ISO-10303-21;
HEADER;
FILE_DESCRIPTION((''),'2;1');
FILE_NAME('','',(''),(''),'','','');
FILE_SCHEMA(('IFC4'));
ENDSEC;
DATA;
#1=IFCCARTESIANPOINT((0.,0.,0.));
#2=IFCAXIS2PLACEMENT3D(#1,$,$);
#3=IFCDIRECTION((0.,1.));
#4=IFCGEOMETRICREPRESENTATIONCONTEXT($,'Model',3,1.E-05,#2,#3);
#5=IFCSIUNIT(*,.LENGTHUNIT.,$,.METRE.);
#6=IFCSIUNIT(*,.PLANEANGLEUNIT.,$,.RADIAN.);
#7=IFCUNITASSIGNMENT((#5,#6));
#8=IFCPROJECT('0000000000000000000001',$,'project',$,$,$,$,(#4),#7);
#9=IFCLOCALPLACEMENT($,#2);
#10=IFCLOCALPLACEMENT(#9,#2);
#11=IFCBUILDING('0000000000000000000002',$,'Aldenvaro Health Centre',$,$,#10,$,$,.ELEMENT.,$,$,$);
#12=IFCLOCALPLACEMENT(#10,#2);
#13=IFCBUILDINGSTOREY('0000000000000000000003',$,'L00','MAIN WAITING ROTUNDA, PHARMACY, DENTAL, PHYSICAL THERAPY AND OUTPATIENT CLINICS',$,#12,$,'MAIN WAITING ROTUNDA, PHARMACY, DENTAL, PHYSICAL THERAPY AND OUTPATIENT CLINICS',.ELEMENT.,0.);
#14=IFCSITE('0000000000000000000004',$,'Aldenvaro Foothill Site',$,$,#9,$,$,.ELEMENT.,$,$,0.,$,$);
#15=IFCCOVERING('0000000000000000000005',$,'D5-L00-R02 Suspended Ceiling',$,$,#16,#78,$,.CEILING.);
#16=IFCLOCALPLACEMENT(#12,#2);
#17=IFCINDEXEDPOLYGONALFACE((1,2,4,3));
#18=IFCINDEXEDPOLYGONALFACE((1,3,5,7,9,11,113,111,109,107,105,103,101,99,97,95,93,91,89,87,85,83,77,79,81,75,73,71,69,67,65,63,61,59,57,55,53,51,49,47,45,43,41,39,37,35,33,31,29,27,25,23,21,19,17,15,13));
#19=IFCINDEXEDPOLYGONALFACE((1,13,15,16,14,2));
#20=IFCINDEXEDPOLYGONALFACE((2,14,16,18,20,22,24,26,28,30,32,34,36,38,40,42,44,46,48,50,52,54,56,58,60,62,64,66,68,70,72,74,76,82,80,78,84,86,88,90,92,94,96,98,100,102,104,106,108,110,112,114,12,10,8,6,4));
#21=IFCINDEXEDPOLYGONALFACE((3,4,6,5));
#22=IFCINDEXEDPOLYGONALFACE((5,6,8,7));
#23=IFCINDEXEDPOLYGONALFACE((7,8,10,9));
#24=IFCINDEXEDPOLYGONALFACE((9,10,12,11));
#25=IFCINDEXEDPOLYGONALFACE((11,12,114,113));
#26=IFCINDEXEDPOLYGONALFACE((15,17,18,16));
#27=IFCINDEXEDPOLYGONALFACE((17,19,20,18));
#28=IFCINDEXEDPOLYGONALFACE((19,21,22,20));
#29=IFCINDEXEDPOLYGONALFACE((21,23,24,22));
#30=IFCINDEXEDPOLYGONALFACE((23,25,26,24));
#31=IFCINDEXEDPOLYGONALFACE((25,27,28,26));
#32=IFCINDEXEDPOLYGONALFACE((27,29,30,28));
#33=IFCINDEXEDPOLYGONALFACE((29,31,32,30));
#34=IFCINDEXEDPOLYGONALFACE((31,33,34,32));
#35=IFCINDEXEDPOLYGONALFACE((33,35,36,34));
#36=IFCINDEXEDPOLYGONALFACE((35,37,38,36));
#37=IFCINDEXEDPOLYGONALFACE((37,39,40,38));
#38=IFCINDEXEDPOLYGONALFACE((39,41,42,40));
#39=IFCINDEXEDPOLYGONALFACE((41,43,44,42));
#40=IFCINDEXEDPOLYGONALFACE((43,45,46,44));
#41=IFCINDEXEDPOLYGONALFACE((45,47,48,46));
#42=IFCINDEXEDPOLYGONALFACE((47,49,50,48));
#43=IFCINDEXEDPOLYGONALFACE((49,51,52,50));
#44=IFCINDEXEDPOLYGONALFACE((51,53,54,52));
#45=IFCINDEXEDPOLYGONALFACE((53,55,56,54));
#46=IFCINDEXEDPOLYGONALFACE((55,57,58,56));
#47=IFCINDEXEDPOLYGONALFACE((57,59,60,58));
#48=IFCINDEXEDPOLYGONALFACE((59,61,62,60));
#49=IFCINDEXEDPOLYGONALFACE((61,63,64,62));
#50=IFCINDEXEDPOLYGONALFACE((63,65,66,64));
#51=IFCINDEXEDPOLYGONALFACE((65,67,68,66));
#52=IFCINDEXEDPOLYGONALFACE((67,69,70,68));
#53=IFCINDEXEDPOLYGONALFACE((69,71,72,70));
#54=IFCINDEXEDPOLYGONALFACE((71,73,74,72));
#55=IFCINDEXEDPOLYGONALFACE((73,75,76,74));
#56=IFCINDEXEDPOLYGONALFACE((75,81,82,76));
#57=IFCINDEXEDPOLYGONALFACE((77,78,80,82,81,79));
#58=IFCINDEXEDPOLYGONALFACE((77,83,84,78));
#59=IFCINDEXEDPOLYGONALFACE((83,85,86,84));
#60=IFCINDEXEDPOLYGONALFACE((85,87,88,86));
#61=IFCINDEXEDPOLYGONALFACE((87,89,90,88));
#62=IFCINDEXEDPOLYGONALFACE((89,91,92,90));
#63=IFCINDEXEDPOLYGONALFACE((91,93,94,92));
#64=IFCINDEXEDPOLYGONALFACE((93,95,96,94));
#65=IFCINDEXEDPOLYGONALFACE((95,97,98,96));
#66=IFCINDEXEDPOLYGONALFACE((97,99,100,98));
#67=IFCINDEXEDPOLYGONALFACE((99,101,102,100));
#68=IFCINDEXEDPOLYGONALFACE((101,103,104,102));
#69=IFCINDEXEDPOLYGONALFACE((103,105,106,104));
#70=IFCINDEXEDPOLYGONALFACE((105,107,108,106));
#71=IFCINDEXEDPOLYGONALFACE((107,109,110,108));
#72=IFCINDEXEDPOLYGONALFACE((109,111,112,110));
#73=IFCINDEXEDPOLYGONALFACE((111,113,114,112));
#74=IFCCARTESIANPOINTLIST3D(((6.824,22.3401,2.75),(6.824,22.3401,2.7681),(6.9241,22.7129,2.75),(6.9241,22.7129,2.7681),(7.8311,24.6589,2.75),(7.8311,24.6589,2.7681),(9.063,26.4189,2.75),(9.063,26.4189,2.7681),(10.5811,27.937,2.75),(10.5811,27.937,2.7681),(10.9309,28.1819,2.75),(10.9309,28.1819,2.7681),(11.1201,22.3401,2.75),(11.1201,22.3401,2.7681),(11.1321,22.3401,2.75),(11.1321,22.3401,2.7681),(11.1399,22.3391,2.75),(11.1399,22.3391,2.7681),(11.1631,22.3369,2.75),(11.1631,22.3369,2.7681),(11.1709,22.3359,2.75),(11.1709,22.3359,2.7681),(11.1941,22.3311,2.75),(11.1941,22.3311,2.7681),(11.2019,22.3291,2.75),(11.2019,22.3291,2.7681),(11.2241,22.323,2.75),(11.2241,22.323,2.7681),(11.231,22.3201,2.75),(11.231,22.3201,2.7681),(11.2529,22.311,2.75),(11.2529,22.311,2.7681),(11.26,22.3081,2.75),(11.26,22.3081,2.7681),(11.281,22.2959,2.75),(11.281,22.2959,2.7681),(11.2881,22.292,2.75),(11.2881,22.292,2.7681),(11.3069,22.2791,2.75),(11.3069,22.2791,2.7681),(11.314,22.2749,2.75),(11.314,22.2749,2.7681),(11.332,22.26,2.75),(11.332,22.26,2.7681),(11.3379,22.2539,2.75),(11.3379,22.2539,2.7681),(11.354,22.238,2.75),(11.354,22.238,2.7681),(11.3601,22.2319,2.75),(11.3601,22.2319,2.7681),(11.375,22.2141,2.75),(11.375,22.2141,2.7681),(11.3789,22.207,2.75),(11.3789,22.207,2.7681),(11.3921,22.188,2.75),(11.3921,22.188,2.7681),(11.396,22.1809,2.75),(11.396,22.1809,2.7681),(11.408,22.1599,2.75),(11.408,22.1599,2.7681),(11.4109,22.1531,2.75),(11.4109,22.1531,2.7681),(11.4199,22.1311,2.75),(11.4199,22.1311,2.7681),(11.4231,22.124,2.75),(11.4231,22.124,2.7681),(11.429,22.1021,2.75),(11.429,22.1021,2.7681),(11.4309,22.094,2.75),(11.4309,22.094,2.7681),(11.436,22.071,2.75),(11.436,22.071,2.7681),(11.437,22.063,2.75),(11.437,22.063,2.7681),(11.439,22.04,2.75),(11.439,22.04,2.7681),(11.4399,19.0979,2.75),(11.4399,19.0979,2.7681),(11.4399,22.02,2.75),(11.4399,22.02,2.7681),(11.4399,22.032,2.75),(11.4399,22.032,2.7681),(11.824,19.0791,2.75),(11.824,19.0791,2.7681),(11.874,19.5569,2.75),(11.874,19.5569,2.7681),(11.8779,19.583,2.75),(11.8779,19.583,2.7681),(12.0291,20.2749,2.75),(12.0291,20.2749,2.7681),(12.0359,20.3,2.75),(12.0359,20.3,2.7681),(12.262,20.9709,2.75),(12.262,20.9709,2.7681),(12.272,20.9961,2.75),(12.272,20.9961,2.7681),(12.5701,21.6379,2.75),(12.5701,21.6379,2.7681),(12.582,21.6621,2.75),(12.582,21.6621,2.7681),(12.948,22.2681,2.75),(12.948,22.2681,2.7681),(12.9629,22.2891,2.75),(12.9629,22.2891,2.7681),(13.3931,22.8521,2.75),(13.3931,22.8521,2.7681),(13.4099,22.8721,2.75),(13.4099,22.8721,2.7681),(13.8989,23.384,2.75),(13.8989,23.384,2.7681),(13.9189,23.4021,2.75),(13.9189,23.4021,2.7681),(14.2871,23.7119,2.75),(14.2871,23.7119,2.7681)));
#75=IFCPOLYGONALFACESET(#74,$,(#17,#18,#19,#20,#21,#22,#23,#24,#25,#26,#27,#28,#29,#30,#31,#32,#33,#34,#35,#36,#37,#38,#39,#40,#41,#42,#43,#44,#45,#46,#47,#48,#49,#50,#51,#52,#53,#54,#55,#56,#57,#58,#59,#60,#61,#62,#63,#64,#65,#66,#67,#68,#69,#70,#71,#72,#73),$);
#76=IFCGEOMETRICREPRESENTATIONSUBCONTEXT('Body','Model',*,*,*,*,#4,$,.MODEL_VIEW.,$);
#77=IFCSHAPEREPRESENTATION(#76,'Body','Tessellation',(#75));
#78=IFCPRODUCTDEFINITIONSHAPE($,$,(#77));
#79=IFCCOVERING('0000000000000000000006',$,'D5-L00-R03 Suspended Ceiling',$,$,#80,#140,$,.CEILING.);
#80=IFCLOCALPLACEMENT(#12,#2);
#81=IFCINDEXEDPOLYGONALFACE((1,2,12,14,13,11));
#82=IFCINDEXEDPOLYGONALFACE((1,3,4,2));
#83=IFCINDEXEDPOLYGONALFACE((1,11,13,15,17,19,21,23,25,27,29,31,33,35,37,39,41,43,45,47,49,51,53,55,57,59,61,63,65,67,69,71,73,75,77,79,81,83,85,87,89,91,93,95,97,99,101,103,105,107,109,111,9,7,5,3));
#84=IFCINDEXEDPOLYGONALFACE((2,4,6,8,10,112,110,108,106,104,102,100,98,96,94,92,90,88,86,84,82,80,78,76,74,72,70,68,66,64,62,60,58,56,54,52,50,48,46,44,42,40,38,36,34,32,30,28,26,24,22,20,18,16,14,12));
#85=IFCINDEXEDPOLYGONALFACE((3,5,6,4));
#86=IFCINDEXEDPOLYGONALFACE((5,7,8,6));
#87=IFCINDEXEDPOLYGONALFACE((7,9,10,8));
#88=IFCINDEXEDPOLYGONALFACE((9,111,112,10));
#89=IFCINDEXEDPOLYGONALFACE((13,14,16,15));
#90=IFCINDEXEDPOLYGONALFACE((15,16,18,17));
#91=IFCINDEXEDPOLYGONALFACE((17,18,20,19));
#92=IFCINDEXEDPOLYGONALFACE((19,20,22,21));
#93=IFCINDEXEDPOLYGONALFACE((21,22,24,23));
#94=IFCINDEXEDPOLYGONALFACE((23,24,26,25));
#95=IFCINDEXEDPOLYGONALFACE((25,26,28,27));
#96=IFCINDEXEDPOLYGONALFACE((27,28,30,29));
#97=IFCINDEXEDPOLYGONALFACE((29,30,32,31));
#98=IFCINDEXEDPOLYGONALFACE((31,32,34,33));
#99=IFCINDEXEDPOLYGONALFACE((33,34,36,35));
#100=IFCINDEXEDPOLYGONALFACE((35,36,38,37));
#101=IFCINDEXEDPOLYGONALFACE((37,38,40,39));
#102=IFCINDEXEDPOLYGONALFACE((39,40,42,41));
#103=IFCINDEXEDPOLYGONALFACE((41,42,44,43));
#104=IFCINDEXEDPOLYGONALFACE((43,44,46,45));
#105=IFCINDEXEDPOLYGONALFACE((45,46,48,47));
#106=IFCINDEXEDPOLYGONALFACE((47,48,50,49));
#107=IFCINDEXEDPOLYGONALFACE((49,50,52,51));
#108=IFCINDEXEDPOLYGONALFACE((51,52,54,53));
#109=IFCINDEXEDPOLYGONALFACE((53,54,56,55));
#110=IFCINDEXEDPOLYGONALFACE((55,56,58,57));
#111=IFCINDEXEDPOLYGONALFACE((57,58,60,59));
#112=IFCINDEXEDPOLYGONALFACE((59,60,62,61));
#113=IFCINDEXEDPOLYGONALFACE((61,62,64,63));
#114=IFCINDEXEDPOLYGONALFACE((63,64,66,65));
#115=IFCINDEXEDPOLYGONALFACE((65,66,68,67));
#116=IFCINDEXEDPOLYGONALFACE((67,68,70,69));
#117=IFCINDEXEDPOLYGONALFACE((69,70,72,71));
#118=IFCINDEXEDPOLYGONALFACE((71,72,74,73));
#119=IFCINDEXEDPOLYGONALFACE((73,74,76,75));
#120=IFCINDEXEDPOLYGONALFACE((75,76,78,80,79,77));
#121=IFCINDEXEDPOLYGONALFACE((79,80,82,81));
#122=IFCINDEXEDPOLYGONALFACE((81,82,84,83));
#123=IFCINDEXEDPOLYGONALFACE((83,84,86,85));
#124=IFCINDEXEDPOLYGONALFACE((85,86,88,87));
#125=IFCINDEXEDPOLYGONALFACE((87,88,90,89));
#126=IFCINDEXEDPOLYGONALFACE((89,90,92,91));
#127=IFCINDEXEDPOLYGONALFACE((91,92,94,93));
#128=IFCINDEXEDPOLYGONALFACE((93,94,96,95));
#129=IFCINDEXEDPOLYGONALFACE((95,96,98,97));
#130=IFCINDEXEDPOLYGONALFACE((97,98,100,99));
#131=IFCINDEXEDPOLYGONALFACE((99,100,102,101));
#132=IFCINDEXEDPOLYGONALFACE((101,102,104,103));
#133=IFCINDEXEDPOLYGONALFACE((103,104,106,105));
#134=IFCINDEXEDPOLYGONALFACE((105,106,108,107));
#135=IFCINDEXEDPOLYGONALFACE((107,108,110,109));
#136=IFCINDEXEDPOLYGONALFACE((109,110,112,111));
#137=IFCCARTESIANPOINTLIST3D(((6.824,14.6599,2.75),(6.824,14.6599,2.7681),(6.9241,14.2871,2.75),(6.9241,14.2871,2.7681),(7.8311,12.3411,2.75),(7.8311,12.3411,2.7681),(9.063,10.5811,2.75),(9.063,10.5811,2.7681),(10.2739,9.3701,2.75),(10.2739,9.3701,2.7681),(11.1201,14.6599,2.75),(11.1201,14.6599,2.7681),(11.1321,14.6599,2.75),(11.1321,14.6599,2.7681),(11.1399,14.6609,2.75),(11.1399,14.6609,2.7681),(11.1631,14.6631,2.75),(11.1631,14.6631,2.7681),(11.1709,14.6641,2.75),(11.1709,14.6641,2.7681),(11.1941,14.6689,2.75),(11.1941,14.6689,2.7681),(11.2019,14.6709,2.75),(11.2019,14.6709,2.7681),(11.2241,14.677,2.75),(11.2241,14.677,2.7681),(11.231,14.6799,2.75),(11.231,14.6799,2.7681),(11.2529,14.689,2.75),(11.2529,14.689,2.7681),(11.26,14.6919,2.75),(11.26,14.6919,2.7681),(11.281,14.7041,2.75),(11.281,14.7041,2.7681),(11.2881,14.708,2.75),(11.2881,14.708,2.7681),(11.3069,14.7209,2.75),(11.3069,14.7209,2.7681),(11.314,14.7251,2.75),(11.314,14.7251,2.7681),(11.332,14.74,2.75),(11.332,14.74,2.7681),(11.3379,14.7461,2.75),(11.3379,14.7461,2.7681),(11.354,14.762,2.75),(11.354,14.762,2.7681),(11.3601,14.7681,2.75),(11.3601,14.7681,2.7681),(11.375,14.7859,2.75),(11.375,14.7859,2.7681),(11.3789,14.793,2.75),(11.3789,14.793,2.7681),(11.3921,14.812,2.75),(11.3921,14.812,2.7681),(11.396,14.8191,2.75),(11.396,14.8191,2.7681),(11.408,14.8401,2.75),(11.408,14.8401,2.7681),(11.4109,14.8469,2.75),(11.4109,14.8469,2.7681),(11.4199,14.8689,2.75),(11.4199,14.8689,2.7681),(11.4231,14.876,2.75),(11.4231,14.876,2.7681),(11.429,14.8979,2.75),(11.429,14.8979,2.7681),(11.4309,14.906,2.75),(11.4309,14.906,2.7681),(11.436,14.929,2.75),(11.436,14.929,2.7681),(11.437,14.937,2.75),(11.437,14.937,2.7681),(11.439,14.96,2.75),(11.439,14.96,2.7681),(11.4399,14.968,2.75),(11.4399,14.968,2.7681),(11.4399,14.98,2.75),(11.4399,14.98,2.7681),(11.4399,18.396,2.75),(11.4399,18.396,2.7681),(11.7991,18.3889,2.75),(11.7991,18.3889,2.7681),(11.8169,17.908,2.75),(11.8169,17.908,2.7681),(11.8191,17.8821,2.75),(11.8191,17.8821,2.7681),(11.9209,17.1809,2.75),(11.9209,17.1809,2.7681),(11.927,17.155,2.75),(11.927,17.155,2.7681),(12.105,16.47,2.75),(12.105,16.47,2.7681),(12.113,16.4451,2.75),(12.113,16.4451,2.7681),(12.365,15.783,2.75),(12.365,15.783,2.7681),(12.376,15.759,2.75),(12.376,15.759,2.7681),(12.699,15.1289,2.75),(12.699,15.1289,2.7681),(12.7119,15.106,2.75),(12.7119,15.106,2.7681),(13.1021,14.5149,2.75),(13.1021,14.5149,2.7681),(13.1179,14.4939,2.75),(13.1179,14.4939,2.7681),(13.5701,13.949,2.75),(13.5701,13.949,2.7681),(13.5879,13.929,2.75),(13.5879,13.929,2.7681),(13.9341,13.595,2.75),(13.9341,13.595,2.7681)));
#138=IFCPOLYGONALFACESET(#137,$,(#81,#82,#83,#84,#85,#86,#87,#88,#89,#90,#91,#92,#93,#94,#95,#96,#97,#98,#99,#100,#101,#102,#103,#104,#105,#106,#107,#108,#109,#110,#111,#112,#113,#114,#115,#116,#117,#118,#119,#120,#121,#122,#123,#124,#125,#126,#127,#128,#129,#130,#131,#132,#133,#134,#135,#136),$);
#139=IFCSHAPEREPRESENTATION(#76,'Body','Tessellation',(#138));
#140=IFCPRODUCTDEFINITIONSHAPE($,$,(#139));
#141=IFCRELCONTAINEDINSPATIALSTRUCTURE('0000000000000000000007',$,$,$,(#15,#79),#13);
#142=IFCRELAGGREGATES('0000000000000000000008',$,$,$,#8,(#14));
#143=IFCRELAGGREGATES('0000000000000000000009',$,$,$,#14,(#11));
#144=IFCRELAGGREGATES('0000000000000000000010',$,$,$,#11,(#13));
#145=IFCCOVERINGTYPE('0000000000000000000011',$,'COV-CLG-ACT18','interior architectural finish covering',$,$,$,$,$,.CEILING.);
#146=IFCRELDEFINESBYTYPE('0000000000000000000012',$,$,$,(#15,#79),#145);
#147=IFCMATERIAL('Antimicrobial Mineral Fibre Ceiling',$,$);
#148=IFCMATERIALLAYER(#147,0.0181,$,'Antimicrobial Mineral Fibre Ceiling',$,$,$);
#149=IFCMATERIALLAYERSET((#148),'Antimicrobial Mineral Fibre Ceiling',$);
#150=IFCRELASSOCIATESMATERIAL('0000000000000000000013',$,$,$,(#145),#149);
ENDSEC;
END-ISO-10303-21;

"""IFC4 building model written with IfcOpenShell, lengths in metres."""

from ifc_helpers import new_model, si_unit, direction, frame, origin, place, context, subcontext, project, spatial, polyline, outline, extrude, material, layer, layer_set, type_object, element, save


model = new_model("IFC4")

# Units and contexts
model_context = context("Model", 3, precision=1e-05, world=origin(), true_north=direction((0.0, 1.0)))
body_context = subcontext(model_context, "Body", "Model", "MODEL_VIEW")
ifc_project = project(units=[si_unit("LENGTHUNIT", "METRE"), si_unit("PLANEANGLEUNIT", "RADIAN")], contexts=[model_context])

# Site, building, storey
site_placement = place(None, origin())
site = spatial("IfcSite", under=ifc_project, at=site_placement, Name="Aldenvaro Foothill Site", CompositionType="ELEMENT", RefElevation=0.0)
building_placement = place(site_placement, origin())
building = spatial("IfcBuilding", under=site, at=building_placement, Name="Aldenvaro Health Centre", CompositionType="ELEMENT")
storey_placement = place(building_placement, origin())
storey = spatial("IfcBuildingStorey", under=building, at=storey_placement, Name="L00", Description="MAIN WAITING ROTUNDA, PHARMACY, DENTAL, PHYSICAL THERAPY AND OUTPATIENT CLINICS", LongName="MAIN WAITING ROTUNDA, PHARMACY, DENTAL, PHYSICAL THERAPY AND OUTPATIENT CLINICS", CompositionType="ELEMENT", Elevation=0.0)

# Coverings
ifc_material_1 = material(Name="Antimicrobial Mineral Fibre Ceiling")
ifc_layer_1 = layer(ifc_material_1, 0.0181, Name="Antimicrobial Mineral Fibre Ceiling")
ifc_layer_set_1 = layer_set([ifc_layer_1], Name="Antimicrobial Mineral Fibre Ceiling")
covering_type_1 = type_object("IfcCoveringType", Name="COV-CLG-ACT18", Description="interior architectural finish covering", PredefinedType="CEILING", material=ifc_layer_set_1)
covering_1_placement = place(storey_placement, frame((0.0, 0.0, 2.75)))
element("IfcCovering", 1, at=covering_1_placement, inside=storey, type_object=covering_type_1, Name="D5-L00-R02 Suspended Ceiling", PredefinedType="CEILING", context=body_context, shape_type="SweptSolid", body=[
    extrude(outline(polyline([(13.9189, 23.4021), (13.8989, 23.384), (13.4099, 22.8721), (13.3931, 22.8521), (12.9629, 22.2891), (12.948, 22.2681), (12.582, 21.6621), (12.5701, 21.6379), (12.272, 20.9961), (12.262, 20.9709), (12.0359, 20.3), (12.0291, 20.2749), (11.8779, 19.583), (11.874, 19.5569), (11.824, 19.0791), (11.4399, 19.0979), (11.4399, 22.02), (11.4399, 22.032), (11.439, 22.04), (11.437, 22.063), (11.436, 22.071), (11.4309, 22.094), (11.429, 22.1021), (11.4231, 22.124), (11.4199, 22.1311), (11.4109, 22.1531), (11.408, 22.1599), (11.396, 22.1809), (11.3921, 22.188), (11.3789, 22.207), (11.375, 22.2141), (11.3601, 22.2319), (11.354, 22.238), (11.3379, 22.2539), (11.332, 22.26), (11.314, 22.2749), (11.3069, 22.2791), (11.2881, 22.292), (11.281, 22.2959), (11.26, 22.3081), (11.2529, 22.311), (11.231, 22.3201), (11.2241, 22.323), (11.2019, 22.3291), (11.1941, 22.3311), (11.1709, 22.3359), (11.1631, 22.3369), (11.1399, 22.3391), (11.1321, 22.3401), (11.1201, 22.3401), (6.824, 22.3401), (6.9241, 22.7129), (7.8311, 24.6589), (9.063, 26.4189), (10.5811, 27.937), (10.9309, 28.1819), (14.2871, 23.7119), (13.9189, 23.4021)])), origin(), (0.0, 0.0, 1.0), 0.0181),
])
covering_2_placement = place(storey_placement, frame((0.0, 0.0, 2.75)))
element("IfcCovering", 2, at=covering_2_placement, inside=storey, type_object=covering_type_1, Name="D5-L00-R03 Suspended Ceiling", PredefinedType="CEILING", context=body_context, shape_type="SweptSolid", body=[
    extrude(outline(polyline([(11.8169, 17.908), (11.8191, 17.8821), (11.9209, 17.1809), (11.927, 17.155), (12.105, 16.47), (12.113, 16.4451), (12.365, 15.783), (12.376, 15.759), (12.699, 15.1289), (12.7119, 15.106), (13.1021, 14.5149), (13.1179, 14.4939), (13.5701, 13.949), (13.5879, 13.929), (13.9341, 13.595), (10.2739, 9.3701), (9.063, 10.5811), (7.8311, 12.3411), (6.9241, 14.2871), (6.824, 14.6599), (11.1201, 14.6599), (11.1321, 14.6599), (11.1399, 14.6609), (11.1631, 14.6631), (11.1709, 14.6641), (11.1941, 14.6689), (11.2019, 14.6709), (11.2241, 14.677), (11.231, 14.6799), (11.2529, 14.689), (11.26, 14.6919), (11.281, 14.7041), (11.2881, 14.708), (11.3069, 14.7209), (11.314, 14.7251), (11.332, 14.74), (11.3379, 14.7461), (11.354, 14.762), (11.3601, 14.7681), (11.375, 14.7859), (11.3789, 14.793), (11.3921, 14.812), (11.396, 14.8191), (11.408, 14.8401), (11.4109, 14.8469), (11.4199, 14.8689), (11.4231, 14.876), (11.429, 14.8979), (11.4309, 14.906), (11.436, 14.929), (11.437, 14.937), (11.439, 14.96), (11.4399, 14.968), (11.4399, 14.98), (11.4399, 18.396), (11.7991, 18.3889), (11.8169, 17.908)])), origin(), (0.0, 0.0, 1.0), 0.0181),
])

save(model, "model.ifc")
